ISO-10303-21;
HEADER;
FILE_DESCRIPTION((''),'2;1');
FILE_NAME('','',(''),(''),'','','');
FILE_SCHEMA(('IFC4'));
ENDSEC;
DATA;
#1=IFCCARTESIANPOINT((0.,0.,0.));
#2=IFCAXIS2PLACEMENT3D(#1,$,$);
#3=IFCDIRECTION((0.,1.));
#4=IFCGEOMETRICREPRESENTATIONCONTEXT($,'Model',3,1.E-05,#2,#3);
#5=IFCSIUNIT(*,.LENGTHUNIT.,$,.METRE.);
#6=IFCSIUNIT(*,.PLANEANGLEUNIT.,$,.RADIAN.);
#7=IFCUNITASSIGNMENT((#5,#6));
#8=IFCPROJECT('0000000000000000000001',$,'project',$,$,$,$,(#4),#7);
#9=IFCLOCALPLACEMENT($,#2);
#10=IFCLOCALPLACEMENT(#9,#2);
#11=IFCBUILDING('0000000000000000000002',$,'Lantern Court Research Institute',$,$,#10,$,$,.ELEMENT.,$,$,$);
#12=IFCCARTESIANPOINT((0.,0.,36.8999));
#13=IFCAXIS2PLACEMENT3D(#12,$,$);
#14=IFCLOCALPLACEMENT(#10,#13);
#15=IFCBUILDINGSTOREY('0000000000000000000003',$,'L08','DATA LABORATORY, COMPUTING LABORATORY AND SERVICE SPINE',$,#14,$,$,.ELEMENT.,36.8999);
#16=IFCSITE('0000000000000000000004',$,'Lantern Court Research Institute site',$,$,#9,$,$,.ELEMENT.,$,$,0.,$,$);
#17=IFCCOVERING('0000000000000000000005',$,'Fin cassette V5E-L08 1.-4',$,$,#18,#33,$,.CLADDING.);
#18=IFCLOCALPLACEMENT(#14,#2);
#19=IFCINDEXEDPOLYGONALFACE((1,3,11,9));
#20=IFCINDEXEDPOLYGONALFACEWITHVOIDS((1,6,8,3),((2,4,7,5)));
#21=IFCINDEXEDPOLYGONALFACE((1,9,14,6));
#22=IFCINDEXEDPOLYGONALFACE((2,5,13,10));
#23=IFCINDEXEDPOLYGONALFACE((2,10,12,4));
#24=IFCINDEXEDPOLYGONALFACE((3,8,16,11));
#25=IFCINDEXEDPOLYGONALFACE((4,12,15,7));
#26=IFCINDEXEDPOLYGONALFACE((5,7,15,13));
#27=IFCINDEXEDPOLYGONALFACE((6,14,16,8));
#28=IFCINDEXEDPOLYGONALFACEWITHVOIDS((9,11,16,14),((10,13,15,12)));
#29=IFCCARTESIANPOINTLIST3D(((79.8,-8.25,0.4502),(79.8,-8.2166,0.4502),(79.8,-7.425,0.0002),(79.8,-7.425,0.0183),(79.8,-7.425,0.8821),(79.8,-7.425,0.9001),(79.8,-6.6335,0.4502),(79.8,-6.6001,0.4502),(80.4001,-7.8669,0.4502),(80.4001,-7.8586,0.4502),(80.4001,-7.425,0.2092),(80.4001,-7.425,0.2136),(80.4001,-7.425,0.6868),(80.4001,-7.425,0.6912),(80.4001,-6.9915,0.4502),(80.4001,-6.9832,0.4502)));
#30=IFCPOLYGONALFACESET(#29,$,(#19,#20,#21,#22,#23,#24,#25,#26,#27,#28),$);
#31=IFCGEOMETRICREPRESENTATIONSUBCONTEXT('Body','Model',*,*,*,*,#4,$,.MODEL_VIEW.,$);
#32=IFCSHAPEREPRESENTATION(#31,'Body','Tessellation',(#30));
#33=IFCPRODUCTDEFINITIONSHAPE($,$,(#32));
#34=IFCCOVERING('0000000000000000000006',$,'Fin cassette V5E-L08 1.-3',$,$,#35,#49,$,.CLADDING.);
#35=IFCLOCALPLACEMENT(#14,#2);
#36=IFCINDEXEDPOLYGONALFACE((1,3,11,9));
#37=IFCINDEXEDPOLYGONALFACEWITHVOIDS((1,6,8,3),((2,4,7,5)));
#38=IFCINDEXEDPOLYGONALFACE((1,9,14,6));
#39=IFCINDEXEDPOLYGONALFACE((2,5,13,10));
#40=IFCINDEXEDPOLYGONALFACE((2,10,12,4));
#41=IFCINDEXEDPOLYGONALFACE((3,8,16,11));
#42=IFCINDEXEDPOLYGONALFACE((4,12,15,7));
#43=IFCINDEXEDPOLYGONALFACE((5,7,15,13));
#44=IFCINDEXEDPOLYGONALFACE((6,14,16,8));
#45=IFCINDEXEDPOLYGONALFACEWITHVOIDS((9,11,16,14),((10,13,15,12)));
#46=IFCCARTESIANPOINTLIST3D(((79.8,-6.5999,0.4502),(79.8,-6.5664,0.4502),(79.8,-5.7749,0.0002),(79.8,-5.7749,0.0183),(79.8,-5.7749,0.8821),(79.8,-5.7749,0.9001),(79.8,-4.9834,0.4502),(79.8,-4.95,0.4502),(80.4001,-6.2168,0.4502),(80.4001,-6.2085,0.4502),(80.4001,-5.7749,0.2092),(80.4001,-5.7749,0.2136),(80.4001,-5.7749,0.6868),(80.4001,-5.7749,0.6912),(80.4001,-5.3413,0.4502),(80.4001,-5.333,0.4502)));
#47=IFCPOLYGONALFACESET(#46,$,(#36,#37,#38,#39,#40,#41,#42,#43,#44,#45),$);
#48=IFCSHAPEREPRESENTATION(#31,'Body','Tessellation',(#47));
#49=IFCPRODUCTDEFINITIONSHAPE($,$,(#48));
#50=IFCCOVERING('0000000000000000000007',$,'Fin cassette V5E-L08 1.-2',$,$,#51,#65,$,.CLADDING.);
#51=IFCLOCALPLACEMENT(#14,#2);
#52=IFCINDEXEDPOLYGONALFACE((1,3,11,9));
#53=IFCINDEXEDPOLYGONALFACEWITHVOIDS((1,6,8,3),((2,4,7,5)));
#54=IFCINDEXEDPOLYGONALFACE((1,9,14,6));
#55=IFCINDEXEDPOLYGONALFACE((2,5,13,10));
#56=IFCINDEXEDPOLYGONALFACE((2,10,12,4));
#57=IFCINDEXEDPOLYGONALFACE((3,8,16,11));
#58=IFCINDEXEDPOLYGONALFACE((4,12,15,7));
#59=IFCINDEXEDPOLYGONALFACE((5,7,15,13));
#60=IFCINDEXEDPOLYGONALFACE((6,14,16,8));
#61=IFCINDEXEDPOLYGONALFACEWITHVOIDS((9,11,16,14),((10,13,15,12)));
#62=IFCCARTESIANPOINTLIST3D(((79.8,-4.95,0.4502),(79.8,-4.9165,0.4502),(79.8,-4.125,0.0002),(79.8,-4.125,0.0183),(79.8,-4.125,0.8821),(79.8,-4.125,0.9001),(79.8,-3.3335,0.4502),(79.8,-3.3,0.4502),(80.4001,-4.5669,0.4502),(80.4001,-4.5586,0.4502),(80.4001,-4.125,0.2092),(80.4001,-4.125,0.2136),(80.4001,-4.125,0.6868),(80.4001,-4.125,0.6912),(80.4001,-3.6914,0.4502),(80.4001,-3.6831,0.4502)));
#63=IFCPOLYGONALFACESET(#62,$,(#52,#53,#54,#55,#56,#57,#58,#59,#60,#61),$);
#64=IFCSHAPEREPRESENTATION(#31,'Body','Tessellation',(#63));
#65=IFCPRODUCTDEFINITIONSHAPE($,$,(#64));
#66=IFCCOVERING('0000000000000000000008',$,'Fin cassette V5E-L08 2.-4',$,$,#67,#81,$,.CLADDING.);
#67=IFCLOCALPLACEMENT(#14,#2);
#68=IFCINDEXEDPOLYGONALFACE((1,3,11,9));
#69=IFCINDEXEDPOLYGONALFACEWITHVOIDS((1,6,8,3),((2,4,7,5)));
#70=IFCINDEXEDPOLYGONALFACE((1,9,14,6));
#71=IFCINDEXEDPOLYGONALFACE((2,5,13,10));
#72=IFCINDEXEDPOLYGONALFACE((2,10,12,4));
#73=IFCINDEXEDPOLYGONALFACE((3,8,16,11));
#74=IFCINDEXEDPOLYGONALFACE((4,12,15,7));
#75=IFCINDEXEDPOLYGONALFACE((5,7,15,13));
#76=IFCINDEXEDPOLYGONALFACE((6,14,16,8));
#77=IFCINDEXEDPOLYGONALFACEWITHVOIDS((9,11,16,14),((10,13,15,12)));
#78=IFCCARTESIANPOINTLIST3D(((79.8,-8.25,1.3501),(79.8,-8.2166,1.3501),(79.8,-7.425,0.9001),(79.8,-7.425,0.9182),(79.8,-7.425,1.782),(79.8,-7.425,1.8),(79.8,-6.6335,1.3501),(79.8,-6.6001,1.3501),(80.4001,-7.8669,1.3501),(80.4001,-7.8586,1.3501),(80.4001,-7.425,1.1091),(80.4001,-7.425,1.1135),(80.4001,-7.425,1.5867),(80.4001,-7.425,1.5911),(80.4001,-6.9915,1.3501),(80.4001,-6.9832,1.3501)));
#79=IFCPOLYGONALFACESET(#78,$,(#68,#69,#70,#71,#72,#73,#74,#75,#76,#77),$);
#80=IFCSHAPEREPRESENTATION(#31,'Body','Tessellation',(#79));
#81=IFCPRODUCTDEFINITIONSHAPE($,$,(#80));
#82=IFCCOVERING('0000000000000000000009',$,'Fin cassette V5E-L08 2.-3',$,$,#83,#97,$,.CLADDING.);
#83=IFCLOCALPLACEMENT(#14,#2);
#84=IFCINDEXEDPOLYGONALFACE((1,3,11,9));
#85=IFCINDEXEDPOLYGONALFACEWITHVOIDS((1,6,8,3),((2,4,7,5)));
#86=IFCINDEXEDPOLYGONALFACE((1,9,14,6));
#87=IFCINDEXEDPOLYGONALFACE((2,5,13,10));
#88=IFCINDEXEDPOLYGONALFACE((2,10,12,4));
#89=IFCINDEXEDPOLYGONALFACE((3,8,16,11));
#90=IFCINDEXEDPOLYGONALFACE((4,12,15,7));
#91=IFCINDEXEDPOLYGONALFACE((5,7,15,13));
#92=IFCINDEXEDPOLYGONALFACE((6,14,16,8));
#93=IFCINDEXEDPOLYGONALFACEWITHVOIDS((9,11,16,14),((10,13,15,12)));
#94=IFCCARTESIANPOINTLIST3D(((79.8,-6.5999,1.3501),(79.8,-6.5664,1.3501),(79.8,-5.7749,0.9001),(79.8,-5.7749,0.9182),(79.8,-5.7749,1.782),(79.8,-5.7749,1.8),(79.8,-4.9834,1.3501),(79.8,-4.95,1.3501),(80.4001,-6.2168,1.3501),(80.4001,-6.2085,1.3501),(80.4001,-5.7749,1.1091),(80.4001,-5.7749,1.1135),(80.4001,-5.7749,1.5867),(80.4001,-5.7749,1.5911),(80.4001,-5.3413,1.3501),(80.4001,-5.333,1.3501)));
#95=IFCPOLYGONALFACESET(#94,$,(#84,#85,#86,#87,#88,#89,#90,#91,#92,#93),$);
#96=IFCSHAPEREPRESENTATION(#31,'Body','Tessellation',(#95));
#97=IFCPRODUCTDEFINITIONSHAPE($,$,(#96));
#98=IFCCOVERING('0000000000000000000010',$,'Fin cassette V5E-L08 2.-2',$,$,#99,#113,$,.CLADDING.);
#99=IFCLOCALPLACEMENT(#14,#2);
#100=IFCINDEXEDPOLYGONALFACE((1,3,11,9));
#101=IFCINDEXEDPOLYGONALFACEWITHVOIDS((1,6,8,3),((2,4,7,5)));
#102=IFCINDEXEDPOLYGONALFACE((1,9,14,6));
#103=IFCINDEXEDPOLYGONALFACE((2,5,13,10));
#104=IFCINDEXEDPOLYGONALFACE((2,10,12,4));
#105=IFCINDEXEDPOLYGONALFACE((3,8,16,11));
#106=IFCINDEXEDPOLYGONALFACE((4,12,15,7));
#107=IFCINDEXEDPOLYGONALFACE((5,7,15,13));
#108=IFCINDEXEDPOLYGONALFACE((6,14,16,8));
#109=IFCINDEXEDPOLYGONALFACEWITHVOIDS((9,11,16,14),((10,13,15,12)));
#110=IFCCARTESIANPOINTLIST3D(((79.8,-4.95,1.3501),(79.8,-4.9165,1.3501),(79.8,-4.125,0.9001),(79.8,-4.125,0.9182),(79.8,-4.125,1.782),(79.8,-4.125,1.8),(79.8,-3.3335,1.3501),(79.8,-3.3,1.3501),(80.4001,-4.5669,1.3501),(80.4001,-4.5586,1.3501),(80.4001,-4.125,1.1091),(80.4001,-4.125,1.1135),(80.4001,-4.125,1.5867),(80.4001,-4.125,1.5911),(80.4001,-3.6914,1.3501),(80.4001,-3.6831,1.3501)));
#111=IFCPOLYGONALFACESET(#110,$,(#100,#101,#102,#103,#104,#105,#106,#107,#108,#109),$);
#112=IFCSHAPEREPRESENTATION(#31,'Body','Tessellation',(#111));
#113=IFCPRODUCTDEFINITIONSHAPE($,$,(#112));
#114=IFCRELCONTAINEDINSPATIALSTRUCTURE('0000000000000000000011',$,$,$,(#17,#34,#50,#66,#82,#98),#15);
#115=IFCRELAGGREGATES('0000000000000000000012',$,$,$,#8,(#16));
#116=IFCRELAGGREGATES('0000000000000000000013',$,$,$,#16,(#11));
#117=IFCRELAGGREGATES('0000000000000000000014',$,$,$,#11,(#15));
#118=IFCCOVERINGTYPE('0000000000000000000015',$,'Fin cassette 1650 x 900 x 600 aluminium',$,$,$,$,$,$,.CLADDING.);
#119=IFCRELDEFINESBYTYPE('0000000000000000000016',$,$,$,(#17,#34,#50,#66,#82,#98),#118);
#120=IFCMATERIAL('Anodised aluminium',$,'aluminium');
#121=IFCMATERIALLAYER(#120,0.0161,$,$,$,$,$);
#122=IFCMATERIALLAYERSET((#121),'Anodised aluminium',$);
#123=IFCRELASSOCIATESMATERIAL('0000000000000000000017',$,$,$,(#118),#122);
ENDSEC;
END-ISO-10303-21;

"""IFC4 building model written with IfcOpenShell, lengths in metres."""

from ifc_helpers import new_model, entity, si_unit, direction, frame, origin, place, context, subcontext, project, spatial, material, layer, layer_set, type_object, element, save


model = new_model("IFC4")

# Units and contexts
model_context = context("Model", 3, precision=1e-05, world=origin(), true_north=direction((0.0, 1.0)))
body_context = subcontext(model_context, "Body", "Model", "MODEL_VIEW")
ifc_project = project(units=[si_unit("LENGTHUNIT", "METRE"), si_unit("PLANEANGLEUNIT", "RADIAN")], contexts=[model_context])

# Site, building, storey
site_placement = place(None, origin())
site = spatial("IfcSite", under=ifc_project, at=site_placement, Name="Lantern Court Research Institute site", CompositionType="ELEMENT", RefElevation=0.0)
building_placement = place(site_placement, origin())
building = spatial("IfcBuilding", under=site, at=building_placement, Name="Lantern Court Research Institute", CompositionType="ELEMENT")
storey_placement = place(building_placement, frame((0.0, 0.0, 36.8999)))
storey = spatial("IfcBuildingStorey", under=building, at=storey_placement, Name="L08", Description="DATA LABORATORY, COMPUTING LABORATORY AND SERVICE SPINE", CompositionType="ELEMENT", Elevation=36.8999)

# Coverings
ifc_material_1 = material(Name="Anodised aluminium", Category="aluminium")
ifc_layer_1 = layer(ifc_material_1, 0.0161)
ifc_layer_set_1 = layer_set([ifc_layer_1], Name="Anodised aluminium")
covering_type = type_object("IfcCoveringType", Name="Fin cassette 1650 x 900 x 600 aluminium", PredefinedType="CLADDING", material=ifc_layer_set_1)
covering_1_placement = place(storey_placement, frame((79.8, -7.425, 0.4502), z_axis=(1.0, 0.0, 0.0), x_axis=(0.0, 1.0, 0.0)))
cartesian_point_1 = entity("IfcCartesianPoint", [0.825, 0.0])
cartesian_point_2 = entity("IfcCartesianPoint", [0.7915, 0.0])
cartesian_point_3 = entity("IfcCartesianPoint", [0.4419, 0.0])
cartesian_point_4 = entity("IfcCartesianPoint", [0.4336, 0.0])
element("IfcCovering", 1, at=covering_1_placement, inside=storey, type_object=covering_type, Name="Fin cassette V5E-L08 1.-4", PredefinedType="CLADDING", context=body_context, shape_type="SweptSolid", body=[
    entity("IfcExtrudedAreaSolidTapered", entity("IfcArbitraryProfileDefWithVoids", "AREA", None, entity("IfcPolyline", [cartesian_point_1, entity("IfcCartesianPoint", [0.0, 0.45]), entity("IfcCartesianPoint", [-0.825, 0.0]), entity("IfcCartesianPoint", [0.0, -0.45]), cartesian_point_1]), [entity("IfcPolyline", [cartesian_point_2, entity("IfcCartesianPoint", [0.0, 0.4319]), entity("IfcCartesianPoint", [-0.7915, 0.0]), entity("IfcCartesianPoint", [0.0, -0.4319]), cartesian_point_2])]), entity("IfcAxis2Placement3D", entity("IfcCartesianPoint", [0.0, 0.0, 0.0])), entity("IfcDirection", [0.0, 0.0, 1.0]), 0.6001, entity("IfcArbitraryProfileDefWithVoids", "AREA", None, entity("IfcPolyline", [cartesian_point_3, entity("IfcCartesianPoint", [0.0, 0.241]), entity("IfcCartesianPoint", [-0.4419, 0.0]), entity("IfcCartesianPoint", [0.0, -0.241]), cartesian_point_3]), [entity("IfcPolyline", [cartesian_point_4, entity("IfcCartesianPoint", [0.0, 0.2366]), entity("IfcCartesianPoint", [-0.4336, 0.0]), entity("IfcCartesianPoint", [0.0, -0.2366]), cartesian_point_4])])),
])
covering_2_placement = place(storey_placement, frame((79.8, -5.7749, 0.4502), z_axis=(1.0, 0.0, 0.0), x_axis=(0.0, 1.0, 0.0)))
cartesian_point_5 = entity("IfcCartesianPoint", [0.825, 0.0])
cartesian_point_6 = entity("IfcCartesianPoint", [0.7915, 0.0])
cartesian_point_7 = entity("IfcCartesianPoint", [0.4419, 0.0])
cartesian_point_8 = entity("IfcCartesianPoint", [0.4336, 0.0])
element("IfcCovering", 2, at=covering_2_placement, inside=storey, type_object=covering_type, Name="Fin cassette V5E-L08 1.-3", PredefinedType="CLADDING", context=body_context, shape_type="SweptSolid", body=[
    entity("IfcExtrudedAreaSolidTapered", entity("IfcArbitraryProfileDefWithVoids", "AREA", None, entity("IfcPolyline", [cartesian_point_5, entity("IfcCartesianPoint", [0.0, 0.45]), entity("IfcCartesianPoint", [-0.825, 0.0]), entity("IfcCartesianPoint", [0.0, -0.45]), cartesian_point_5]), [entity("IfcPolyline", [cartesian_point_6, entity("IfcCartesianPoint", [0.0, 0.4319]), entity("IfcCartesianPoint", [-0.7915, 0.0]), entity("IfcCartesianPoint", [0.0, -0.4319]), cartesian_point_6])]), entity("IfcAxis2Placement3D", entity("IfcCartesianPoint", [0.0, 0.0, 0.0])), entity("IfcDirection", [0.0, 0.0, 1.0]), 0.6001, entity("IfcArbitraryProfileDefWithVoids", "AREA", None, entity("IfcPolyline", [cartesian_point_7, entity("IfcCartesianPoint", [0.0, 0.241]), entity("IfcCartesianPoint", [-0.4419, 0.0]), entity("IfcCartesianPoint", [0.0, -0.241]), cartesian_point_7]), [entity("IfcPolyline", [cartesian_point_8, entity("IfcCartesianPoint", [0.0, 0.2366]), entity("IfcCartesianPoint", [-0.4336, 0.0]), entity("IfcCartesianPoint", [0.0, -0.2366]), cartesian_point_8])])),
])
covering_3_placement = place(storey_placement, frame((79.8, -4.125, 0.4502), z_axis=(1.0, 0.0, 0.0), x_axis=(0.0, 1.0, 0.0)))
cartesian_point_9 = entity("IfcCartesianPoint", [0.825, 0.0])
cartesian_point_10 = entity("IfcCartesianPoint", [0.7915, 0.0])
cartesian_point_11 = entity("IfcCartesianPoint", [0.4419, 0.0])
cartesian_point_12 = entity("IfcCartesianPoint", [0.4336, 0.0])
element("IfcCovering", 3, at=covering_3_placement, inside=storey, type_object=covering_type, Name="Fin cassette V5E-L08 1.-2", PredefinedType="CLADDING", context=body_context, shape_type="SweptSolid", body=[
    entity("IfcExtrudedAreaSolidTapered", entity("IfcArbitraryProfileDefWithVoids", "AREA", None, entity("IfcPolyline", [cartesian_point_9, entity("IfcCartesianPoint", [0.0, 0.45]), entity("IfcCartesianPoint", [-0.825, 0.0]), entity("IfcCartesianPoint", [0.0, -0.45]), cartesian_point_9]), [entity("IfcPolyline", [cartesian_point_10, entity("IfcCartesianPoint", [0.0, 0.4319]), entity("IfcCartesianPoint", [-0.7915, 0.0]), entity("IfcCartesianPoint", [0.0, -0.4319]), cartesian_point_10])]), entity("IfcAxis2Placement3D", entity("IfcCartesianPoint", [0.0, 0.0, 0.0])), entity("IfcDirection", [0.0, 0.0, 1.0]), 0.6001, entity("IfcArbitraryProfileDefWithVoids", "AREA", None, entity("IfcPolyline", [cartesian_point_11, entity("IfcCartesianPoint", [0.0, 0.241]), entity("IfcCartesianPoint", [-0.4419, 0.0]), entity("IfcCartesianPoint", [0.0, -0.241]), cartesian_point_11]), [entity("IfcPolyline", [cartesian_point_12, entity("IfcCartesianPoint", [0.0, 0.2366]), entity("IfcCartesianPoint", [-0.4336, 0.0]), entity("IfcCartesianPoint", [0.0, -0.2366]), cartesian_point_12])])),
])
covering_4_placement = place(storey_placement, frame((79.8, -7.425, 1.3501), z_axis=(1.0, 0.0, 0.0), x_axis=(0.0, 1.0, 0.0)))
cartesian_point_13 = entity("IfcCartesianPoint", [0.825, 0.0])
cartesian_point_14 = entity("IfcCartesianPoint", [0.7915, 0.0])
cartesian_point_15 = entity("IfcCartesianPoint", [0.4419, 0.0])
cartesian_point_16 = entity("IfcCartesianPoint", [0.4336, 0.0])
element("IfcCovering", 4, at=covering_4_placement, inside=storey, type_object=covering_type, Name="Fin cassette V5E-L08 2.-4", PredefinedType="CLADDING", context=body_context, shape_type="SweptSolid", body=[
    entity("IfcExtrudedAreaSolidTapered", entity("IfcArbitraryProfileDefWithVoids", "AREA", None, entity("IfcPolyline", [cartesian_point_13, entity("IfcCartesianPoint", [0.0, 0.45]), entity("IfcCartesianPoint", [-0.825, 0.0]), entity("IfcCartesianPoint", [0.0, -0.45]), cartesian_point_13]), [entity("IfcPolyline", [cartesian_point_14, entity("IfcCartesianPoint", [0.0, 0.4319]), entity("IfcCartesianPoint", [-0.7915, 0.0]), entity("IfcCartesianPoint", [0.0, -0.4319]), cartesian_point_14])]), entity("IfcAxis2Placement3D", entity("IfcCartesianPoint", [0.0, 0.0, 0.0])), entity("IfcDirection", [0.0, 0.0, 1.0]), 0.6001, entity("IfcArbitraryProfileDefWithVoids", "AREA", None, entity("IfcPolyline", [cartesian_point_15, entity("IfcCartesianPoint", [0.0, 0.241]), entity("IfcCartesianPoint", [-0.4419, 0.0]), entity("IfcCartesianPoint", [0.0, -0.241]), cartesian_point_15]), [entity("IfcPolyline", [cartesian_point_16, entity("IfcCartesianPoint", [0.0, 0.2366]), entity("IfcCartesianPoint", [-0.4336, 0.0]), entity("IfcCartesianPoint", [0.0, -0.2366]), cartesian_point_16])])),
])
covering_5_placement = place(storey_placement, frame((79.8, -5.7749, 1.3501), z_axis=(1.0, 0.0, 0.0), x_axis=(0.0, 1.0, 0.0)))
cartesian_point_17 = entity("IfcCartesianPoint", [0.825, 0.0])
cartesian_point_18 = entity("IfcCartesianPoint", [0.7915, 0.0])
cartesian_point_19 = entity("IfcCartesianPoint", [0.4419, 0.0])
cartesian_point_20 = entity("IfcCartesianPoint", [0.4336, 0.0])
element("IfcCovering", 5, at=covering_5_placement, inside=storey, type_object=covering_type, Name="Fin cassette V5E-L08 2.-3", PredefinedType="CLADDING", context=body_context, shape_type="SweptSolid", body=[
    entity("IfcExtrudedAreaSolidTapered", entity("IfcArbitraryProfileDefWithVoids", "AREA", None, entity("IfcPolyline", [cartesian_point_17, entity("IfcCartesianPoint", [0.0, 0.45]), entity("IfcCartesianPoint", [-0.825, 0.0]), entity("IfcCartesianPoint", [0.0, -0.45]), cartesian_point_17]), [entity("IfcPolyline", [cartesian_point_18, entity("IfcCartesianPoint", [0.0, 0.4319]), entity("IfcCartesianPoint", [-0.7915, 0.0]), entity("IfcCartesianPoint", [0.0, -0.4319]), cartesian_point_18])]), entity("IfcAxis2Placement3D", entity("IfcCartesianPoint", [0.0, 0.0, 0.0])), entity("IfcDirection", [0.0, 0.0, 1.0]), 0.6001, entity("IfcArbitraryProfileDefWithVoids", "AREA", None, entity("IfcPolyline", [cartesian_point_19, entity("IfcCartesianPoint", [0.0, 0.241]), entity("IfcCartesianPoint", [-0.4419, 0.0]), entity("IfcCartesianPoint", [0.0, -0.241]), cartesian_point_19]), [entity("IfcPolyline", [cartesian_point_20, entity("IfcCartesianPoint", [0.0, 0.2366]), entity("IfcCartesianPoint", [-0.4336, 0.0]), entity("IfcCartesianPoint", [0.0, -0.2366]), cartesian_point_20])])),
])
covering_6_placement = place(storey_placement, frame((79.8, -4.125, 1.3501), z_axis=(1.0, 0.0, 0.0), x_axis=(0.0, 1.0, 0.0)))
cartesian_point_21 = entity("IfcCartesianPoint", [0.825, 0.0])
cartesian_point_22 = entity("IfcCartesianPoint", [0.7915, 0.0])
cartesian_point_23 = entity("IfcCartesianPoint", [0.4419, 0.0])
cartesian_point_24 = entity("IfcCartesianPoint", [0.4336, 0.0])
element("IfcCovering", 6, at=covering_6_placement, inside=storey, type_object=covering_type, Name="Fin cassette V5E-L08 2.-2", PredefinedType="CLADDING", context=body_context, shape_type="SweptSolid", body=[
    entity("IfcExtrudedAreaSolidTapered", entity("IfcArbitraryProfileDefWithVoids", "AREA", None, entity("IfcPolyline", [cartesian_point_21, entity("IfcCartesianPoint", [0.0, 0.45]), entity("IfcCartesianPoint", [-0.825, 0.0]), entity("IfcCartesianPoint", [0.0, -0.45]), cartesian_point_21]), [entity("IfcPolyline", [cartesian_point_22, entity("IfcCartesianPoint", [0.0, 0.4319]), entity("IfcCartesianPoint", [-0.7915, 0.0]), entity("IfcCartesianPoint", [0.0, -0.4319]), cartesian_point_22])]), entity("IfcAxis2Placement3D", entity("IfcCartesianPoint", [0.0, 0.0, 0.0])), entity("IfcDirection", [0.0, 0.0, 1.0]), 0.6001, entity("IfcArbitraryProfileDefWithVoids", "AREA", None, entity("IfcPolyline", [cartesian_point_23, entity("IfcCartesianPoint", [0.0, 0.241]), entity("IfcCartesianPoint", [-0.4419, 0.0]), entity("IfcCartesianPoint", [0.0, -0.241]), cartesian_point_23]), [entity("IfcPolyline", [cartesian_point_24, entity("IfcCartesianPoint", [0.0, 0.2366]), entity("IfcCartesianPoint", [-0.4336, 0.0]), entity("IfcCartesianPoint", [0.0, -0.2366]), cartesian_point_24])])),
])

save(model, "model.ifc")
